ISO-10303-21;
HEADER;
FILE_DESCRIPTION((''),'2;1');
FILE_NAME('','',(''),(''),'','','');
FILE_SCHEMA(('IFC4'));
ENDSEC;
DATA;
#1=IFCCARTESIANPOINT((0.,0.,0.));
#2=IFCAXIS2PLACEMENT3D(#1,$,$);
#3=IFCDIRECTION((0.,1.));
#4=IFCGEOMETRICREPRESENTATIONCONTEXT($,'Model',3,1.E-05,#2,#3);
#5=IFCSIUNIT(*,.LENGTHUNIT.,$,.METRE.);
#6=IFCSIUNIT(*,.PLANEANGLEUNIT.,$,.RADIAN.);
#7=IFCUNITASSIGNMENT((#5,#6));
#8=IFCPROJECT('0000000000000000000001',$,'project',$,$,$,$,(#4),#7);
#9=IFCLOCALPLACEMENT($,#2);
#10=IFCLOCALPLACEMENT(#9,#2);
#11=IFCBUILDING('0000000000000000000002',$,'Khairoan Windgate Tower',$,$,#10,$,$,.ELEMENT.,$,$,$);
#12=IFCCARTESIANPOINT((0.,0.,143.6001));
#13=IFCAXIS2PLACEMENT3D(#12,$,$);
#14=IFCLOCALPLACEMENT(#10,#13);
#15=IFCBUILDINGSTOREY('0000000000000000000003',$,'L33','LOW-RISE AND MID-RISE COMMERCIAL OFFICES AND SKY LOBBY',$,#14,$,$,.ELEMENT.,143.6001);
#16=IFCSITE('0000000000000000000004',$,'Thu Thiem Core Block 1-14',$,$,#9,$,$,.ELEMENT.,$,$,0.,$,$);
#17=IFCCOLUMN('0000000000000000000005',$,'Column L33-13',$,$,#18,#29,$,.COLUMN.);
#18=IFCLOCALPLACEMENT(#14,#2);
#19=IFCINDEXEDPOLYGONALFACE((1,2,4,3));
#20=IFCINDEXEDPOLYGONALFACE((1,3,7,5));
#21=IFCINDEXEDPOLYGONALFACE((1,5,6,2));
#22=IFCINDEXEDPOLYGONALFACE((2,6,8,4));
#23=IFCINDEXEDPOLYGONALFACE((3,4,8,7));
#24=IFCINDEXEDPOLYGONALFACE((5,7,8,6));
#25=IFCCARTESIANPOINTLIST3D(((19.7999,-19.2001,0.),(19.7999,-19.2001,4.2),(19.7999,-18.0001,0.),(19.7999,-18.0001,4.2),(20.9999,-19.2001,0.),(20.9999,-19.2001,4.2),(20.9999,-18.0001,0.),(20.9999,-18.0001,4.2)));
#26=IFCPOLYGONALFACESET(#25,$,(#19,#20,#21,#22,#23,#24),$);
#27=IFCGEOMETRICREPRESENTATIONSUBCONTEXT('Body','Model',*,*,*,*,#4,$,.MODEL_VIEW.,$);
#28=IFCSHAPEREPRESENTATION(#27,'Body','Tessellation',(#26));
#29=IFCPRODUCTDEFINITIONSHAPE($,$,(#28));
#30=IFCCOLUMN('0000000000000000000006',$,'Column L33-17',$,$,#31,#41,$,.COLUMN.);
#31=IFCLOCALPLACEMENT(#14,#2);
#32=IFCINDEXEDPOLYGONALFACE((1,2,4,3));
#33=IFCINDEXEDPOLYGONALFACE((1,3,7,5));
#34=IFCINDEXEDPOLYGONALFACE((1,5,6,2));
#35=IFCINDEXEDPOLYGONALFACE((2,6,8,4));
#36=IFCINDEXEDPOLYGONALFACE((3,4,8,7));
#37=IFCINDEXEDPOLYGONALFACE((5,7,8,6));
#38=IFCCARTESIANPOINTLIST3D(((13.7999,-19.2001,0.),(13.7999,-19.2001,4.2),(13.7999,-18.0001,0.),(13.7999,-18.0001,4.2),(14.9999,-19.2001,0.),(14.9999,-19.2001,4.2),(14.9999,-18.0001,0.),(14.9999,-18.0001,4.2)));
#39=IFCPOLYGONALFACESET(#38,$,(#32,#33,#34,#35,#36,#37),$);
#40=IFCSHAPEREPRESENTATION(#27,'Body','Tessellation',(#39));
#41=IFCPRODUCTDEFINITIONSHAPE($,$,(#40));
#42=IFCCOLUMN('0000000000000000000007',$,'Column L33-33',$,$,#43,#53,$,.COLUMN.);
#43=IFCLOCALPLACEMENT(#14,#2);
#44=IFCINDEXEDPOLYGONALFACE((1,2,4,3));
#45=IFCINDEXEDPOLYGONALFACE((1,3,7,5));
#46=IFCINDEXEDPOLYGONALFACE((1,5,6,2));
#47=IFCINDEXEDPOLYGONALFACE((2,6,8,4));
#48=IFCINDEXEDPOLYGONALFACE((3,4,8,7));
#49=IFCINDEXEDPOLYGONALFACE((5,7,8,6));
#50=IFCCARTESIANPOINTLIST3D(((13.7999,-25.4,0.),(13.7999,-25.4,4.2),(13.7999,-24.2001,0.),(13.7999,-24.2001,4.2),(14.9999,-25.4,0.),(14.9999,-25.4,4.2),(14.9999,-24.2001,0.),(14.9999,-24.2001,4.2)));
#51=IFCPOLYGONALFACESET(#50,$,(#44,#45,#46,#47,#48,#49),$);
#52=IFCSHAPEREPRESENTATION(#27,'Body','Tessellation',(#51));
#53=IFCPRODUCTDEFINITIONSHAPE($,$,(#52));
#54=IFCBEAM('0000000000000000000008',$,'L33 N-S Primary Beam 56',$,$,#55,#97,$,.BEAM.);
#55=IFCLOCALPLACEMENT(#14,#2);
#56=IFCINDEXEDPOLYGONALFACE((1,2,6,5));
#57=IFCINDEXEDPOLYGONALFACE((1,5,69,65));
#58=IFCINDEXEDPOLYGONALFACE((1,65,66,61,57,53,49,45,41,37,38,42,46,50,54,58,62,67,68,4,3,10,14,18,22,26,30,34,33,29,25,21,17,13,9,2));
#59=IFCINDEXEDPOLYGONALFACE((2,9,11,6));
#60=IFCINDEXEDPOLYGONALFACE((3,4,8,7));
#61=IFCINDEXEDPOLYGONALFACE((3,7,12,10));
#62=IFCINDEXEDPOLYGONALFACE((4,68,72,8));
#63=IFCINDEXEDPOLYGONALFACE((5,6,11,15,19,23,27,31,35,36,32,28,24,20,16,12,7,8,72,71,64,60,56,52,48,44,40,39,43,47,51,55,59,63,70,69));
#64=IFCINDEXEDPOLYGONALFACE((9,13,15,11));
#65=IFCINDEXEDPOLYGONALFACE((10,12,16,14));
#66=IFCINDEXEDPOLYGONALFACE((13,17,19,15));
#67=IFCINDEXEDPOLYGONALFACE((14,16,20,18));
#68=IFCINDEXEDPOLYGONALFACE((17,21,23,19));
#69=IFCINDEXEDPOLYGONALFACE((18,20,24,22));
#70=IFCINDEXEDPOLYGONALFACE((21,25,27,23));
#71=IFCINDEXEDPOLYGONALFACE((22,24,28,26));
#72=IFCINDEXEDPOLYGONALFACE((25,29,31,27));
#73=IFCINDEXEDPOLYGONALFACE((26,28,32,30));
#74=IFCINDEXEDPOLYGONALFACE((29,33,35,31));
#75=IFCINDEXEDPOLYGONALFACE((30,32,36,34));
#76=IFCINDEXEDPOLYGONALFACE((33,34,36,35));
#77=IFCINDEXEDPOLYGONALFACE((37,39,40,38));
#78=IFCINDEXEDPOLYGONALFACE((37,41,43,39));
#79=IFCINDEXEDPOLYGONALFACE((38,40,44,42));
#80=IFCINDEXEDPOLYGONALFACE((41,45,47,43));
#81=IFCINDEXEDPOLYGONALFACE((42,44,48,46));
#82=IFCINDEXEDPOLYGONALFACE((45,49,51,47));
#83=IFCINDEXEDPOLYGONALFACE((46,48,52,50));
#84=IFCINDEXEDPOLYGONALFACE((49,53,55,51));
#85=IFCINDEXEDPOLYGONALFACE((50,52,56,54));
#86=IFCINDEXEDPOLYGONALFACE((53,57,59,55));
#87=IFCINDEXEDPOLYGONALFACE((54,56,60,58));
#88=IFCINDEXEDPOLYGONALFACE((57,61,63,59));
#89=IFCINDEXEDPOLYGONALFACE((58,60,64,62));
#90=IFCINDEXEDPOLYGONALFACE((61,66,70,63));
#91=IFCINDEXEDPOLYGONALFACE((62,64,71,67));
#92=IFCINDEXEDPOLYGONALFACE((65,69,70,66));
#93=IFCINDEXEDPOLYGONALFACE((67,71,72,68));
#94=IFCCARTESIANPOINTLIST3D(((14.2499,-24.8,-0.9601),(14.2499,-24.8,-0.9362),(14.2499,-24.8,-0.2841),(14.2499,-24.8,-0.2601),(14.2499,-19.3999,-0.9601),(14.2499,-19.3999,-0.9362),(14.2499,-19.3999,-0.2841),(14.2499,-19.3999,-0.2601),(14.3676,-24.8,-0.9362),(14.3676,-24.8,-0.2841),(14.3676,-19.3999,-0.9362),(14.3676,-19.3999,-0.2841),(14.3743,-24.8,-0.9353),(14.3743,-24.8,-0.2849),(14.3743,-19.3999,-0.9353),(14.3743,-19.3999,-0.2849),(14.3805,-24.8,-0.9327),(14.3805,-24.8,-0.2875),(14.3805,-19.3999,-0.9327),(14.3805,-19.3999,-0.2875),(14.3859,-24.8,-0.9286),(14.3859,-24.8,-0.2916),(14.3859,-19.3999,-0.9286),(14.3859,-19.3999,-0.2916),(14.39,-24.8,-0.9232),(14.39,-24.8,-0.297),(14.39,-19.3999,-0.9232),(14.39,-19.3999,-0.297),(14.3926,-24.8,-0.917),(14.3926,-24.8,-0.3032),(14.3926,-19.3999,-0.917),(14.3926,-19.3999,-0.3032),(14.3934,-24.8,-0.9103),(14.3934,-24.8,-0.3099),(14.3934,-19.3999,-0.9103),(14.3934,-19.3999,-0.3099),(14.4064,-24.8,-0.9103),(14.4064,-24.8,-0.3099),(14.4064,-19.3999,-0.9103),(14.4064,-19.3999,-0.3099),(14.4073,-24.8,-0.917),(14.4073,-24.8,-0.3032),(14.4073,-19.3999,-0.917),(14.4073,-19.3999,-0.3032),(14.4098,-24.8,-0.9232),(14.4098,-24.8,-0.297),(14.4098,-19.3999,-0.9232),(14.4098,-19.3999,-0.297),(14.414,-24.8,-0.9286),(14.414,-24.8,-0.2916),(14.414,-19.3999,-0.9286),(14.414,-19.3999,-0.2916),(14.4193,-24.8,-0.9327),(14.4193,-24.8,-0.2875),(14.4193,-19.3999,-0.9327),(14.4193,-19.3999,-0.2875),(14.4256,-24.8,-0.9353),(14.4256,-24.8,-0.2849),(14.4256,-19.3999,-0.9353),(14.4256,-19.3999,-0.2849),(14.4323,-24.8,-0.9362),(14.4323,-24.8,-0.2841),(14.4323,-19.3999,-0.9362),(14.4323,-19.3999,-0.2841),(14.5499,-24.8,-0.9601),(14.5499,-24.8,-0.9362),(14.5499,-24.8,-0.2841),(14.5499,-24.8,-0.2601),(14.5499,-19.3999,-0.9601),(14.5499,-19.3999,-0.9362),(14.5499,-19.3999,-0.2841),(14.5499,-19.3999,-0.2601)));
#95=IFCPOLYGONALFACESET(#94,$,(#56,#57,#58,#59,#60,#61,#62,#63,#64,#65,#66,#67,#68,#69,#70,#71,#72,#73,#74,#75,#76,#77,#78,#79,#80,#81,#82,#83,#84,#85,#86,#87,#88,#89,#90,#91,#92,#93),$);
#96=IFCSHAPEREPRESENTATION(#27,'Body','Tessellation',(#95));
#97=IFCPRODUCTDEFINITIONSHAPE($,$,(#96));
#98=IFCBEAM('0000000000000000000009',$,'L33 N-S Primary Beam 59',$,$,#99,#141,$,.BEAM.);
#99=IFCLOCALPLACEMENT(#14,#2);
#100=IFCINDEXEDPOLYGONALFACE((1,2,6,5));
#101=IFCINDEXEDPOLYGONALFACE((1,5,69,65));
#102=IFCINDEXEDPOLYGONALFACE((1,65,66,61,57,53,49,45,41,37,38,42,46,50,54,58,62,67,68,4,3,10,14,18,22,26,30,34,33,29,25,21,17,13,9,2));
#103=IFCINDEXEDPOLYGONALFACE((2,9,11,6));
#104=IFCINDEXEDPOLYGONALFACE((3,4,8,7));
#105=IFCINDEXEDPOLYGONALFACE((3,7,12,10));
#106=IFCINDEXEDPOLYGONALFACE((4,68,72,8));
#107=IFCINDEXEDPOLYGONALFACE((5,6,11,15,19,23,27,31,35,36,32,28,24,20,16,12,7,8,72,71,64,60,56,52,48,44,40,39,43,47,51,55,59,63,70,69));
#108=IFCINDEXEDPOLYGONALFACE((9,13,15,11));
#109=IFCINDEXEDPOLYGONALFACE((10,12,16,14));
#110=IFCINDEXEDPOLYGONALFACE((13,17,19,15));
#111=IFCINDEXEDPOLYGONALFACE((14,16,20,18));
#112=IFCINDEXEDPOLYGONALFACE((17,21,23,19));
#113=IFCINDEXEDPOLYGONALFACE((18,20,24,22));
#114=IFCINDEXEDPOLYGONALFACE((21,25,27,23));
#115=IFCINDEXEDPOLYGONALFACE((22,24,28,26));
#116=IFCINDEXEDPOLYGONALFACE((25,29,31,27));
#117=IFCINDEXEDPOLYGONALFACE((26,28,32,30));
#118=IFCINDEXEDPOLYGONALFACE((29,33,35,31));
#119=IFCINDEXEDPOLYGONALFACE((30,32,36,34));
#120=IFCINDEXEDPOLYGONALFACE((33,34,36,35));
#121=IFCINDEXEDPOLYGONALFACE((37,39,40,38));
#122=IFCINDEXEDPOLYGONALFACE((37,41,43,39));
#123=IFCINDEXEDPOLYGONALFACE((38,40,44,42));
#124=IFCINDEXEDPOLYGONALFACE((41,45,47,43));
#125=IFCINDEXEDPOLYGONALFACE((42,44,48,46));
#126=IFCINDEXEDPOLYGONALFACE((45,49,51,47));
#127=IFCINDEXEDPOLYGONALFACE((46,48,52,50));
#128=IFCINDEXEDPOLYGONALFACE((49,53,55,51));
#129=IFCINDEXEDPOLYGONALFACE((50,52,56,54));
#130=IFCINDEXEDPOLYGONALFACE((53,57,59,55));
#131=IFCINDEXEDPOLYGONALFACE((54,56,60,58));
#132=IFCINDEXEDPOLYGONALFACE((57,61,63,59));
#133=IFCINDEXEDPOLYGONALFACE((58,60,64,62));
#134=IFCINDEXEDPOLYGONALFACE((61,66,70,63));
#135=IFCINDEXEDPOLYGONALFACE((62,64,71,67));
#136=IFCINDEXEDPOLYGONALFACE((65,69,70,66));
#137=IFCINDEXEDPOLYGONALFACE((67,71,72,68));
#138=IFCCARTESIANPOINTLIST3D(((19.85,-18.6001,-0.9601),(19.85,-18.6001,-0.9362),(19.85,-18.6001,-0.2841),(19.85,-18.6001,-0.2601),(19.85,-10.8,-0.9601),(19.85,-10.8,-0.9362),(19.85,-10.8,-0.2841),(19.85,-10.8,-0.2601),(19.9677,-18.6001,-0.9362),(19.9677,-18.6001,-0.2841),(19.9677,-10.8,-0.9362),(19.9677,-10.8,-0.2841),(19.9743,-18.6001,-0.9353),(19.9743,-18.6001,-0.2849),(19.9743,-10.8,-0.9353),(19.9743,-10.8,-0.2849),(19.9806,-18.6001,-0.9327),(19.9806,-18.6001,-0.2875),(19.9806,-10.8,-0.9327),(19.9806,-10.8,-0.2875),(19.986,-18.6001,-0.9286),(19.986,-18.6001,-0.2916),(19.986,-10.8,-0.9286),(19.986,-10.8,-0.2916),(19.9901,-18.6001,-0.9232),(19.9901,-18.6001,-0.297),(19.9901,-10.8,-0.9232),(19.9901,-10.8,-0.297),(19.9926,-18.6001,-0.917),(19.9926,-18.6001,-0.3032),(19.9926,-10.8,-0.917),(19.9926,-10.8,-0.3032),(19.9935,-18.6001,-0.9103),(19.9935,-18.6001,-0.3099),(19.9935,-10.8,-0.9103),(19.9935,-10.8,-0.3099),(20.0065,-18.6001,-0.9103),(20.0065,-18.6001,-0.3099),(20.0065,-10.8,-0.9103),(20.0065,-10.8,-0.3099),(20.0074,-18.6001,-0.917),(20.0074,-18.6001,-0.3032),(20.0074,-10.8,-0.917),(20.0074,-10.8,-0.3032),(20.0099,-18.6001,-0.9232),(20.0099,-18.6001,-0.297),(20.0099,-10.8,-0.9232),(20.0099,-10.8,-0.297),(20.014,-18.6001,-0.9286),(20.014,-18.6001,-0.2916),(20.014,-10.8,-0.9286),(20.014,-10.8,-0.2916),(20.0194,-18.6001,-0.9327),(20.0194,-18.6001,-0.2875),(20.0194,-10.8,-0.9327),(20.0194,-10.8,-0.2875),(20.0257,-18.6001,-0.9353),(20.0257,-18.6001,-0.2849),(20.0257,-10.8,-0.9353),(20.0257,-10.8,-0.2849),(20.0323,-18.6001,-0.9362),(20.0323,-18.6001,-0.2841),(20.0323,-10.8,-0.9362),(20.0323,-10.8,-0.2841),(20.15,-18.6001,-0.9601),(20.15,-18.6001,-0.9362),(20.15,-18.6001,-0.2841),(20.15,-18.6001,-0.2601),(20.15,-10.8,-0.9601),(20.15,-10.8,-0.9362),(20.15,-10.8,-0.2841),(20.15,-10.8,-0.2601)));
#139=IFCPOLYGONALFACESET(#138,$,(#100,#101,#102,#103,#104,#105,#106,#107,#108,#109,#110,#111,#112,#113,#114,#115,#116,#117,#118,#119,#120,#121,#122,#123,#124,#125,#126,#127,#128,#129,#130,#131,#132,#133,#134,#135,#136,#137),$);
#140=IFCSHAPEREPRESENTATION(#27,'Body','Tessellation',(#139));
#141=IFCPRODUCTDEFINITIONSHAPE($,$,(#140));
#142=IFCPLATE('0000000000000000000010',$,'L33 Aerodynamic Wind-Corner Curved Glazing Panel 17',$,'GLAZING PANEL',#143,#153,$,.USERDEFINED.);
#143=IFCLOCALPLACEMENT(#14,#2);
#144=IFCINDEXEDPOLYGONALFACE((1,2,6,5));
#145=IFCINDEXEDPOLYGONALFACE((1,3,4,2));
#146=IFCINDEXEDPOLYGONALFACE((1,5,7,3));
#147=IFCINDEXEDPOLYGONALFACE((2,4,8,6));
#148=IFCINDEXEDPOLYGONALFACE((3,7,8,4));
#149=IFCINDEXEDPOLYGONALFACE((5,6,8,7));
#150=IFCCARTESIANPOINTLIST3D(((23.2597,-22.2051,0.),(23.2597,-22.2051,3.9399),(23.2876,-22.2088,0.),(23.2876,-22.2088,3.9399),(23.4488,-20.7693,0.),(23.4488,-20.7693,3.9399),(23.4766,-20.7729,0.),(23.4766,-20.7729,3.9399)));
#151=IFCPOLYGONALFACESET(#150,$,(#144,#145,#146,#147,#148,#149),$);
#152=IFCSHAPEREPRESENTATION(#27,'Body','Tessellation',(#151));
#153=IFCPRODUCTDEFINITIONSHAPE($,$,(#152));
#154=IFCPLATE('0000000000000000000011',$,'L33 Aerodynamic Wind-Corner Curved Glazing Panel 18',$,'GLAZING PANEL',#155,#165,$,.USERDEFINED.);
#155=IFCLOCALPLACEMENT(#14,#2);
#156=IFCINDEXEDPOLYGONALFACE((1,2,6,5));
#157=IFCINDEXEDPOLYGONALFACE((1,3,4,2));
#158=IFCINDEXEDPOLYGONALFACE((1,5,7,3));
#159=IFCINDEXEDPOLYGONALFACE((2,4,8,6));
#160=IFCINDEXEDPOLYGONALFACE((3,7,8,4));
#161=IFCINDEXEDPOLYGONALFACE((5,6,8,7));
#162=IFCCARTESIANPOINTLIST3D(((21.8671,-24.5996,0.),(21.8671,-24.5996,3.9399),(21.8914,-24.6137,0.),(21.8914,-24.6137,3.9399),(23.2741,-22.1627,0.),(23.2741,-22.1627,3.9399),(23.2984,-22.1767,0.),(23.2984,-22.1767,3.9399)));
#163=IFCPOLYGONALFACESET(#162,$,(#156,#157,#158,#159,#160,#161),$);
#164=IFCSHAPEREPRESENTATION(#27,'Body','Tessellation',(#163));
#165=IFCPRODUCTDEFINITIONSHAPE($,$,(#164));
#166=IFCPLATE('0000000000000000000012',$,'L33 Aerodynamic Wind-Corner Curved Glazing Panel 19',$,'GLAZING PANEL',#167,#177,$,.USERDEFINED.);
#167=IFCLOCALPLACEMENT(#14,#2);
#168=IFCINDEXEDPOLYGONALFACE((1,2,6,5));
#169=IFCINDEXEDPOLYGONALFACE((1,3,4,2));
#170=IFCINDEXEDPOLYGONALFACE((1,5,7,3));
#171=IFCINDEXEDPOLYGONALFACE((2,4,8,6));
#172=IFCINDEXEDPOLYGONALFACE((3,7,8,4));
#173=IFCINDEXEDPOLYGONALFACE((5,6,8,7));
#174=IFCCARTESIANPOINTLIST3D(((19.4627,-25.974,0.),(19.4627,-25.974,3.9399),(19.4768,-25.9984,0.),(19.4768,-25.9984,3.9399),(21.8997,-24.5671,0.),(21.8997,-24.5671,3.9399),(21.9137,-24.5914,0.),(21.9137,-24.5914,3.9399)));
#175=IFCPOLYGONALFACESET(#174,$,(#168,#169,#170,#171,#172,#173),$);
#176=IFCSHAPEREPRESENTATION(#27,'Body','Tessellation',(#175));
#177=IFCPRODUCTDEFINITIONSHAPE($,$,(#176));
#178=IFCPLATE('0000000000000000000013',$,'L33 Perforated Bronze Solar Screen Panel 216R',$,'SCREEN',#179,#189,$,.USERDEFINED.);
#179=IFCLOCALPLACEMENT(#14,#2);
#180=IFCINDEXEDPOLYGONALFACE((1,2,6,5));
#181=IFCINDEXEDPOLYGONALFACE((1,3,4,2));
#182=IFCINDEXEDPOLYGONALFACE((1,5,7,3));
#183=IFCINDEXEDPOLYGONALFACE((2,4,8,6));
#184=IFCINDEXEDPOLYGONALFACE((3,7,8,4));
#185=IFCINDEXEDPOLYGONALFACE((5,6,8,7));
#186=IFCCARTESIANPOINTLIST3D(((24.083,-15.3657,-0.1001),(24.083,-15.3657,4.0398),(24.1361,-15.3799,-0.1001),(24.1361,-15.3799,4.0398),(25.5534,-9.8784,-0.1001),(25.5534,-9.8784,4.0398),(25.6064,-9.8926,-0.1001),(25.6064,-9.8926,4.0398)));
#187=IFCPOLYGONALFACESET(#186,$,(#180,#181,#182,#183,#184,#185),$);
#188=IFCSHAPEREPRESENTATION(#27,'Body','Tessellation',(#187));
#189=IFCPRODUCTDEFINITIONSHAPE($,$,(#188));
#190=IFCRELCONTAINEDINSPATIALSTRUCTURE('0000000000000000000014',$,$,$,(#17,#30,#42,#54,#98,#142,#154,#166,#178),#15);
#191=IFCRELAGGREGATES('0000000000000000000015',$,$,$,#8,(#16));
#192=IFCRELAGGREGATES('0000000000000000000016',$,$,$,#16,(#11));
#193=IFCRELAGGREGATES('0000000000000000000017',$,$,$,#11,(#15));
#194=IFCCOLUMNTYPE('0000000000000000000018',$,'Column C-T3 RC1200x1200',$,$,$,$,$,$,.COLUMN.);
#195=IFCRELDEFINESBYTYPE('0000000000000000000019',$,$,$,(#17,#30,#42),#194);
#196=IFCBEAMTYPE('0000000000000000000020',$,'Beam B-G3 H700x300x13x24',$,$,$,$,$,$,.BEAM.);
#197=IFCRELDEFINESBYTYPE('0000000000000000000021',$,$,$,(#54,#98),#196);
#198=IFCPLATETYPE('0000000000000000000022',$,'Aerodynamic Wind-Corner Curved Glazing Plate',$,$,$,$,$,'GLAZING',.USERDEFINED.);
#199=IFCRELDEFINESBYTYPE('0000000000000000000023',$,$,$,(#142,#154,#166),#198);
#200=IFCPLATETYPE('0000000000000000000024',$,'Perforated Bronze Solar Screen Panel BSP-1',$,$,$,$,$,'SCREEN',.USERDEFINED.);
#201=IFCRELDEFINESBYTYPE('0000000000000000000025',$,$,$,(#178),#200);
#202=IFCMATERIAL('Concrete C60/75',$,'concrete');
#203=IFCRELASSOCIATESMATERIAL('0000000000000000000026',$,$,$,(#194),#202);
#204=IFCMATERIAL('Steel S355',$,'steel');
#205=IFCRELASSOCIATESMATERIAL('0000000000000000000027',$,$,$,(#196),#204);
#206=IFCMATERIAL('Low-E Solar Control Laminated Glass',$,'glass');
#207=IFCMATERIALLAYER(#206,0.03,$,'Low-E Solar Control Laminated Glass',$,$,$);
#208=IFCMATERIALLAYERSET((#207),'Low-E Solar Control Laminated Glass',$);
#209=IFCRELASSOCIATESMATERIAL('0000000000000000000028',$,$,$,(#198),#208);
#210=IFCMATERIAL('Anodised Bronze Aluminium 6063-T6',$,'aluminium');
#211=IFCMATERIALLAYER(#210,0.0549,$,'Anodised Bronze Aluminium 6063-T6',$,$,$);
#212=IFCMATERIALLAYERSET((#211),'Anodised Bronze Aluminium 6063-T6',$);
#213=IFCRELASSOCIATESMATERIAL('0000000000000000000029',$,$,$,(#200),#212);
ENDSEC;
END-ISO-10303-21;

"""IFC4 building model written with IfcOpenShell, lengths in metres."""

from ifc_helpers import new_model, si_unit, direction, frame, origin, origin_2d, place, context, subcontext, project, spatial, rectangle, i_section, extrude, material, layer, layer_set, material_profile, profile_set, type_object, element, save


model = new_model("IFC4")

# Units and contexts
model_context = context("Model", 3, precision=1e-05, world=origin(), true_north=direction((0.0, 1.0)))
body_context = subcontext(model_context, "Body", "Model", "MODEL_VIEW")
ifc_project = project(units=[si_unit("LENGTHUNIT", "METRE"), si_unit("PLANEANGLEUNIT", "RADIAN")], contexts=[model_context])

# Site, building, storey
site_placement = place(None, origin())
site = spatial("IfcSite", under=ifc_project, at=site_placement, Name="Thu Thiem Core Block 1-14", CompositionType="ELEMENT", RefElevation=0.0)
building_placement = place(site_placement, origin())
building = spatial("IfcBuilding", under=site, at=building_placement, Name="Khairoan Windgate Tower", CompositionType="ELEMENT")
storey_placement = place(building_placement, frame((0.0, 0.0, 143.6001)))
storey = spatial("IfcBuildingStorey", under=building, at=storey_placement, Name="L33", Description="LOW-RISE AND MID-RISE COMMERCIAL OFFICES AND SKY LOBBY", CompositionType="ELEMENT", Elevation=143.6001)

# Columns
ifc_material_1 = material(Name="Concrete C60/75", Category="concrete")
ifc_material_profile_1 = material_profile(ifc_material_1, rectangle(XDim=1.2, YDim=1.2, at=origin_2d()))
ifc_profile_set_1 = profile_set([ifc_material_profile_1], Name="Concrete C60/75")
column_type = type_object("IfcColumnType", Name="Column C-T3 RC1200x1200", PredefinedType="COLUMN", material=ifc_profile_set_1)
for number, where, z_axis, x_axis, name in (
    (1, (20.3999, -18.6001, 0.0), (0.0, 0.0, 1.0), (1.0, 0.0, 0.0), "Column L33-13"),
    (2, (14.3999, -18.6001, 0.0), (0.0, 0.0, 1.0), (1.0, 0.0, 0.0), "Column L33-17"),
    (3, (14.3999, -24.8, 0.0), (0.0, 0.0, 1.0), (1.0, 0.0, 0.0), "Column L33-33"),
):
    element("IfcColumn", number, at=place(storey_placement, frame(where, z_axis=z_axis, x_axis=x_axis)), inside=storey, type_object=column_type, Name=name, PredefinedType="COLUMN", context=body_context, shape_type="SweptSolid", body=[
        extrude(rectangle(XDim=1.2, YDim=1.2, at=origin_2d()), origin(), (0.0, 0.0, 1.0), 4.2),
    ])

# Beams
ifc_material_2 = material(Name="Steel S355", Category="steel")
ifc_material_profile_2 = material_profile(ifc_material_2, i_section(OverallWidth=0.3, OverallDepth=0.7, WebThickness=0.0129, FlangeThickness=0.0239, FilletRadius=0.0259, at=origin_2d()))
ifc_profile_set_2 = profile_set([ifc_material_profile_2], Name="Steel S355")
beam_type = type_object("IfcBeamType", Name="Beam B-G3 H700x300x13x24", PredefinedType="BEAM", material=ifc_profile_set_2)
beam_1_placement = place(storey_placement, frame((14.3999, -24.8, -0.6101), z_axis=(0.0, 1.0, 0.0), x_axis=(-1.0, 0.0, 0.0)))
element("IfcBeam", 4, at=beam_1_placement, inside=storey, type_object=beam_type, Name="L33 N-S Primary Beam 56", PredefinedType="BEAM", context=body_context, shape_type="SweptSolid", body=[
    extrude(i_section(OverallWidth=0.3, OverallDepth=0.7, WebThickness=0.0129, FlangeThickness=0.0239, FilletRadius=0.0259, at=origin_2d()), origin(), (0.0, 0.0, 1.0), 5.4001),
])
beam_2_placement = place(storey_placement, frame((20.0, -18.6001, -0.6101), z_axis=(0.0, 1.0, 0.0), x_axis=(-1.0, 0.0, 0.0)))
element("IfcBeam", 5, at=beam_2_placement, inside=storey, type_object=beam_type, Name="L33 N-S Primary Beam 59", PredefinedType="BEAM", context=body_context, shape_type="SweptSolid", body=[
    extrude(i_section(OverallWidth=0.3, OverallDepth=0.7, WebThickness=0.0129, FlangeThickness=0.0239, FilletRadius=0.0259, at=origin_2d()), origin(), (0.0, 0.0, 1.0), 7.8),
])

# Plates
ifc_material_3 = material(Name="Low-E Solar Control Laminated Glass", Category="glass")
ifc_layer_1 = layer(ifc_material_3, 0.03, Name="Low-E Solar Control Laminated Glass")
ifc_layer_set_1 = layer_set([ifc_layer_1], Name="Low-E Solar Control Laminated Glass")
plate_type_1 = type_object("IfcPlateType", Name="Aerodynamic Wind-Corner Curved Glazing Plate", ElementType="GLAZING", PredefinedType="USERDEFINED", material=ifc_layer_set_1)
plate_1_placement = place(storey_placement, frame((23.3682, -21.489, 0.0), z_axis=(0.0, 0.0, 1.0), x_axis=(-0.130526, -0.991445, 0.0)))
element("IfcPlate", 6, at=plate_1_placement, inside=storey, type_object=plate_type_1, Name="L33 Aerodynamic Wind-Corner Curved Glazing Panel 17", ObjectType="GLAZING PANEL", PredefinedType="USERDEFINED", context=body_context, shape_type="SweptSolid", body=[
    extrude(rectangle(XDim=1.4482, YDim=0.0281, at=origin_2d()), origin(), (0.0, 0.0, 1.0), 3.9399),
])
for number, where, z_axis, x_axis, name in (
    (7, (22.5828, -23.3882, 0.0), (0.0, 0.0, 1.0), (-0.5, -0.866025, 0.0), "L33 Aerodynamic Wind-Corner Curved Glazing Panel 18"),
    (8, (20.6882, -25.2827, 0.0), (0.0, 0.0, 1.0), (-0.866025, -0.5, 0.0), "L33 Aerodynamic Wind-Corner Curved Glazing Panel 19"),
):
    element("IfcPlate", number, at=place(storey_placement, frame(where, z_axis=z_axis, x_axis=x_axis)), inside=storey, type_object=plate_type_1, Name=name, ObjectType="GLAZING PANEL", PredefinedType="USERDEFINED", context=body_context, shape_type="SweptSolid", body=[
        extrude(rectangle(XDim=2.814, YDim=0.0281, at=origin_2d()), origin(), (0.0, 0.0, 1.0), 3.9399),
    ])

# Plate
ifc_material_4 = material(Name="Anodised Bronze Aluminium 6063-T6", Category="aluminium")
ifc_layer_2 = layer(ifc_material_4, 0.0549, Name="Anodised Bronze Aluminium 6063-T6")
ifc_layer_set_2 = layer_set([ifc_layer_2], Name="Anodised Bronze Aluminium 6063-T6")
plate_type_2 = type_object("IfcPlateType", Name="Perforated Bronze Solar Screen Panel BSP-1", ElementType="SCREEN", PredefinedType="USERDEFINED", material=ifc_layer_set_2)
plate_2_placement = place(storey_placement, frame((24.8447, -12.6292, -0.1001), z_axis=(0.0, 0.0, 1.0), x_axis=(-0.258819, -0.965926, 0.0)))
element("IfcPlate", 9, at=plate_2_placement, inside=storey, type_object=plate_type_2, Name="L33 Perforated Bronze Solar Screen Panel 216R", ObjectType="SCREEN", PredefinedType="USERDEFINED", context=body_context, shape_type="SweptSolid", body=[
    extrude(rectangle(XDim=5.6809, YDim=0.0549, at=origin_2d()), origin(), (0.0, 0.0, 1.0), 4.1399),
])

save(model, "model.ifc")
